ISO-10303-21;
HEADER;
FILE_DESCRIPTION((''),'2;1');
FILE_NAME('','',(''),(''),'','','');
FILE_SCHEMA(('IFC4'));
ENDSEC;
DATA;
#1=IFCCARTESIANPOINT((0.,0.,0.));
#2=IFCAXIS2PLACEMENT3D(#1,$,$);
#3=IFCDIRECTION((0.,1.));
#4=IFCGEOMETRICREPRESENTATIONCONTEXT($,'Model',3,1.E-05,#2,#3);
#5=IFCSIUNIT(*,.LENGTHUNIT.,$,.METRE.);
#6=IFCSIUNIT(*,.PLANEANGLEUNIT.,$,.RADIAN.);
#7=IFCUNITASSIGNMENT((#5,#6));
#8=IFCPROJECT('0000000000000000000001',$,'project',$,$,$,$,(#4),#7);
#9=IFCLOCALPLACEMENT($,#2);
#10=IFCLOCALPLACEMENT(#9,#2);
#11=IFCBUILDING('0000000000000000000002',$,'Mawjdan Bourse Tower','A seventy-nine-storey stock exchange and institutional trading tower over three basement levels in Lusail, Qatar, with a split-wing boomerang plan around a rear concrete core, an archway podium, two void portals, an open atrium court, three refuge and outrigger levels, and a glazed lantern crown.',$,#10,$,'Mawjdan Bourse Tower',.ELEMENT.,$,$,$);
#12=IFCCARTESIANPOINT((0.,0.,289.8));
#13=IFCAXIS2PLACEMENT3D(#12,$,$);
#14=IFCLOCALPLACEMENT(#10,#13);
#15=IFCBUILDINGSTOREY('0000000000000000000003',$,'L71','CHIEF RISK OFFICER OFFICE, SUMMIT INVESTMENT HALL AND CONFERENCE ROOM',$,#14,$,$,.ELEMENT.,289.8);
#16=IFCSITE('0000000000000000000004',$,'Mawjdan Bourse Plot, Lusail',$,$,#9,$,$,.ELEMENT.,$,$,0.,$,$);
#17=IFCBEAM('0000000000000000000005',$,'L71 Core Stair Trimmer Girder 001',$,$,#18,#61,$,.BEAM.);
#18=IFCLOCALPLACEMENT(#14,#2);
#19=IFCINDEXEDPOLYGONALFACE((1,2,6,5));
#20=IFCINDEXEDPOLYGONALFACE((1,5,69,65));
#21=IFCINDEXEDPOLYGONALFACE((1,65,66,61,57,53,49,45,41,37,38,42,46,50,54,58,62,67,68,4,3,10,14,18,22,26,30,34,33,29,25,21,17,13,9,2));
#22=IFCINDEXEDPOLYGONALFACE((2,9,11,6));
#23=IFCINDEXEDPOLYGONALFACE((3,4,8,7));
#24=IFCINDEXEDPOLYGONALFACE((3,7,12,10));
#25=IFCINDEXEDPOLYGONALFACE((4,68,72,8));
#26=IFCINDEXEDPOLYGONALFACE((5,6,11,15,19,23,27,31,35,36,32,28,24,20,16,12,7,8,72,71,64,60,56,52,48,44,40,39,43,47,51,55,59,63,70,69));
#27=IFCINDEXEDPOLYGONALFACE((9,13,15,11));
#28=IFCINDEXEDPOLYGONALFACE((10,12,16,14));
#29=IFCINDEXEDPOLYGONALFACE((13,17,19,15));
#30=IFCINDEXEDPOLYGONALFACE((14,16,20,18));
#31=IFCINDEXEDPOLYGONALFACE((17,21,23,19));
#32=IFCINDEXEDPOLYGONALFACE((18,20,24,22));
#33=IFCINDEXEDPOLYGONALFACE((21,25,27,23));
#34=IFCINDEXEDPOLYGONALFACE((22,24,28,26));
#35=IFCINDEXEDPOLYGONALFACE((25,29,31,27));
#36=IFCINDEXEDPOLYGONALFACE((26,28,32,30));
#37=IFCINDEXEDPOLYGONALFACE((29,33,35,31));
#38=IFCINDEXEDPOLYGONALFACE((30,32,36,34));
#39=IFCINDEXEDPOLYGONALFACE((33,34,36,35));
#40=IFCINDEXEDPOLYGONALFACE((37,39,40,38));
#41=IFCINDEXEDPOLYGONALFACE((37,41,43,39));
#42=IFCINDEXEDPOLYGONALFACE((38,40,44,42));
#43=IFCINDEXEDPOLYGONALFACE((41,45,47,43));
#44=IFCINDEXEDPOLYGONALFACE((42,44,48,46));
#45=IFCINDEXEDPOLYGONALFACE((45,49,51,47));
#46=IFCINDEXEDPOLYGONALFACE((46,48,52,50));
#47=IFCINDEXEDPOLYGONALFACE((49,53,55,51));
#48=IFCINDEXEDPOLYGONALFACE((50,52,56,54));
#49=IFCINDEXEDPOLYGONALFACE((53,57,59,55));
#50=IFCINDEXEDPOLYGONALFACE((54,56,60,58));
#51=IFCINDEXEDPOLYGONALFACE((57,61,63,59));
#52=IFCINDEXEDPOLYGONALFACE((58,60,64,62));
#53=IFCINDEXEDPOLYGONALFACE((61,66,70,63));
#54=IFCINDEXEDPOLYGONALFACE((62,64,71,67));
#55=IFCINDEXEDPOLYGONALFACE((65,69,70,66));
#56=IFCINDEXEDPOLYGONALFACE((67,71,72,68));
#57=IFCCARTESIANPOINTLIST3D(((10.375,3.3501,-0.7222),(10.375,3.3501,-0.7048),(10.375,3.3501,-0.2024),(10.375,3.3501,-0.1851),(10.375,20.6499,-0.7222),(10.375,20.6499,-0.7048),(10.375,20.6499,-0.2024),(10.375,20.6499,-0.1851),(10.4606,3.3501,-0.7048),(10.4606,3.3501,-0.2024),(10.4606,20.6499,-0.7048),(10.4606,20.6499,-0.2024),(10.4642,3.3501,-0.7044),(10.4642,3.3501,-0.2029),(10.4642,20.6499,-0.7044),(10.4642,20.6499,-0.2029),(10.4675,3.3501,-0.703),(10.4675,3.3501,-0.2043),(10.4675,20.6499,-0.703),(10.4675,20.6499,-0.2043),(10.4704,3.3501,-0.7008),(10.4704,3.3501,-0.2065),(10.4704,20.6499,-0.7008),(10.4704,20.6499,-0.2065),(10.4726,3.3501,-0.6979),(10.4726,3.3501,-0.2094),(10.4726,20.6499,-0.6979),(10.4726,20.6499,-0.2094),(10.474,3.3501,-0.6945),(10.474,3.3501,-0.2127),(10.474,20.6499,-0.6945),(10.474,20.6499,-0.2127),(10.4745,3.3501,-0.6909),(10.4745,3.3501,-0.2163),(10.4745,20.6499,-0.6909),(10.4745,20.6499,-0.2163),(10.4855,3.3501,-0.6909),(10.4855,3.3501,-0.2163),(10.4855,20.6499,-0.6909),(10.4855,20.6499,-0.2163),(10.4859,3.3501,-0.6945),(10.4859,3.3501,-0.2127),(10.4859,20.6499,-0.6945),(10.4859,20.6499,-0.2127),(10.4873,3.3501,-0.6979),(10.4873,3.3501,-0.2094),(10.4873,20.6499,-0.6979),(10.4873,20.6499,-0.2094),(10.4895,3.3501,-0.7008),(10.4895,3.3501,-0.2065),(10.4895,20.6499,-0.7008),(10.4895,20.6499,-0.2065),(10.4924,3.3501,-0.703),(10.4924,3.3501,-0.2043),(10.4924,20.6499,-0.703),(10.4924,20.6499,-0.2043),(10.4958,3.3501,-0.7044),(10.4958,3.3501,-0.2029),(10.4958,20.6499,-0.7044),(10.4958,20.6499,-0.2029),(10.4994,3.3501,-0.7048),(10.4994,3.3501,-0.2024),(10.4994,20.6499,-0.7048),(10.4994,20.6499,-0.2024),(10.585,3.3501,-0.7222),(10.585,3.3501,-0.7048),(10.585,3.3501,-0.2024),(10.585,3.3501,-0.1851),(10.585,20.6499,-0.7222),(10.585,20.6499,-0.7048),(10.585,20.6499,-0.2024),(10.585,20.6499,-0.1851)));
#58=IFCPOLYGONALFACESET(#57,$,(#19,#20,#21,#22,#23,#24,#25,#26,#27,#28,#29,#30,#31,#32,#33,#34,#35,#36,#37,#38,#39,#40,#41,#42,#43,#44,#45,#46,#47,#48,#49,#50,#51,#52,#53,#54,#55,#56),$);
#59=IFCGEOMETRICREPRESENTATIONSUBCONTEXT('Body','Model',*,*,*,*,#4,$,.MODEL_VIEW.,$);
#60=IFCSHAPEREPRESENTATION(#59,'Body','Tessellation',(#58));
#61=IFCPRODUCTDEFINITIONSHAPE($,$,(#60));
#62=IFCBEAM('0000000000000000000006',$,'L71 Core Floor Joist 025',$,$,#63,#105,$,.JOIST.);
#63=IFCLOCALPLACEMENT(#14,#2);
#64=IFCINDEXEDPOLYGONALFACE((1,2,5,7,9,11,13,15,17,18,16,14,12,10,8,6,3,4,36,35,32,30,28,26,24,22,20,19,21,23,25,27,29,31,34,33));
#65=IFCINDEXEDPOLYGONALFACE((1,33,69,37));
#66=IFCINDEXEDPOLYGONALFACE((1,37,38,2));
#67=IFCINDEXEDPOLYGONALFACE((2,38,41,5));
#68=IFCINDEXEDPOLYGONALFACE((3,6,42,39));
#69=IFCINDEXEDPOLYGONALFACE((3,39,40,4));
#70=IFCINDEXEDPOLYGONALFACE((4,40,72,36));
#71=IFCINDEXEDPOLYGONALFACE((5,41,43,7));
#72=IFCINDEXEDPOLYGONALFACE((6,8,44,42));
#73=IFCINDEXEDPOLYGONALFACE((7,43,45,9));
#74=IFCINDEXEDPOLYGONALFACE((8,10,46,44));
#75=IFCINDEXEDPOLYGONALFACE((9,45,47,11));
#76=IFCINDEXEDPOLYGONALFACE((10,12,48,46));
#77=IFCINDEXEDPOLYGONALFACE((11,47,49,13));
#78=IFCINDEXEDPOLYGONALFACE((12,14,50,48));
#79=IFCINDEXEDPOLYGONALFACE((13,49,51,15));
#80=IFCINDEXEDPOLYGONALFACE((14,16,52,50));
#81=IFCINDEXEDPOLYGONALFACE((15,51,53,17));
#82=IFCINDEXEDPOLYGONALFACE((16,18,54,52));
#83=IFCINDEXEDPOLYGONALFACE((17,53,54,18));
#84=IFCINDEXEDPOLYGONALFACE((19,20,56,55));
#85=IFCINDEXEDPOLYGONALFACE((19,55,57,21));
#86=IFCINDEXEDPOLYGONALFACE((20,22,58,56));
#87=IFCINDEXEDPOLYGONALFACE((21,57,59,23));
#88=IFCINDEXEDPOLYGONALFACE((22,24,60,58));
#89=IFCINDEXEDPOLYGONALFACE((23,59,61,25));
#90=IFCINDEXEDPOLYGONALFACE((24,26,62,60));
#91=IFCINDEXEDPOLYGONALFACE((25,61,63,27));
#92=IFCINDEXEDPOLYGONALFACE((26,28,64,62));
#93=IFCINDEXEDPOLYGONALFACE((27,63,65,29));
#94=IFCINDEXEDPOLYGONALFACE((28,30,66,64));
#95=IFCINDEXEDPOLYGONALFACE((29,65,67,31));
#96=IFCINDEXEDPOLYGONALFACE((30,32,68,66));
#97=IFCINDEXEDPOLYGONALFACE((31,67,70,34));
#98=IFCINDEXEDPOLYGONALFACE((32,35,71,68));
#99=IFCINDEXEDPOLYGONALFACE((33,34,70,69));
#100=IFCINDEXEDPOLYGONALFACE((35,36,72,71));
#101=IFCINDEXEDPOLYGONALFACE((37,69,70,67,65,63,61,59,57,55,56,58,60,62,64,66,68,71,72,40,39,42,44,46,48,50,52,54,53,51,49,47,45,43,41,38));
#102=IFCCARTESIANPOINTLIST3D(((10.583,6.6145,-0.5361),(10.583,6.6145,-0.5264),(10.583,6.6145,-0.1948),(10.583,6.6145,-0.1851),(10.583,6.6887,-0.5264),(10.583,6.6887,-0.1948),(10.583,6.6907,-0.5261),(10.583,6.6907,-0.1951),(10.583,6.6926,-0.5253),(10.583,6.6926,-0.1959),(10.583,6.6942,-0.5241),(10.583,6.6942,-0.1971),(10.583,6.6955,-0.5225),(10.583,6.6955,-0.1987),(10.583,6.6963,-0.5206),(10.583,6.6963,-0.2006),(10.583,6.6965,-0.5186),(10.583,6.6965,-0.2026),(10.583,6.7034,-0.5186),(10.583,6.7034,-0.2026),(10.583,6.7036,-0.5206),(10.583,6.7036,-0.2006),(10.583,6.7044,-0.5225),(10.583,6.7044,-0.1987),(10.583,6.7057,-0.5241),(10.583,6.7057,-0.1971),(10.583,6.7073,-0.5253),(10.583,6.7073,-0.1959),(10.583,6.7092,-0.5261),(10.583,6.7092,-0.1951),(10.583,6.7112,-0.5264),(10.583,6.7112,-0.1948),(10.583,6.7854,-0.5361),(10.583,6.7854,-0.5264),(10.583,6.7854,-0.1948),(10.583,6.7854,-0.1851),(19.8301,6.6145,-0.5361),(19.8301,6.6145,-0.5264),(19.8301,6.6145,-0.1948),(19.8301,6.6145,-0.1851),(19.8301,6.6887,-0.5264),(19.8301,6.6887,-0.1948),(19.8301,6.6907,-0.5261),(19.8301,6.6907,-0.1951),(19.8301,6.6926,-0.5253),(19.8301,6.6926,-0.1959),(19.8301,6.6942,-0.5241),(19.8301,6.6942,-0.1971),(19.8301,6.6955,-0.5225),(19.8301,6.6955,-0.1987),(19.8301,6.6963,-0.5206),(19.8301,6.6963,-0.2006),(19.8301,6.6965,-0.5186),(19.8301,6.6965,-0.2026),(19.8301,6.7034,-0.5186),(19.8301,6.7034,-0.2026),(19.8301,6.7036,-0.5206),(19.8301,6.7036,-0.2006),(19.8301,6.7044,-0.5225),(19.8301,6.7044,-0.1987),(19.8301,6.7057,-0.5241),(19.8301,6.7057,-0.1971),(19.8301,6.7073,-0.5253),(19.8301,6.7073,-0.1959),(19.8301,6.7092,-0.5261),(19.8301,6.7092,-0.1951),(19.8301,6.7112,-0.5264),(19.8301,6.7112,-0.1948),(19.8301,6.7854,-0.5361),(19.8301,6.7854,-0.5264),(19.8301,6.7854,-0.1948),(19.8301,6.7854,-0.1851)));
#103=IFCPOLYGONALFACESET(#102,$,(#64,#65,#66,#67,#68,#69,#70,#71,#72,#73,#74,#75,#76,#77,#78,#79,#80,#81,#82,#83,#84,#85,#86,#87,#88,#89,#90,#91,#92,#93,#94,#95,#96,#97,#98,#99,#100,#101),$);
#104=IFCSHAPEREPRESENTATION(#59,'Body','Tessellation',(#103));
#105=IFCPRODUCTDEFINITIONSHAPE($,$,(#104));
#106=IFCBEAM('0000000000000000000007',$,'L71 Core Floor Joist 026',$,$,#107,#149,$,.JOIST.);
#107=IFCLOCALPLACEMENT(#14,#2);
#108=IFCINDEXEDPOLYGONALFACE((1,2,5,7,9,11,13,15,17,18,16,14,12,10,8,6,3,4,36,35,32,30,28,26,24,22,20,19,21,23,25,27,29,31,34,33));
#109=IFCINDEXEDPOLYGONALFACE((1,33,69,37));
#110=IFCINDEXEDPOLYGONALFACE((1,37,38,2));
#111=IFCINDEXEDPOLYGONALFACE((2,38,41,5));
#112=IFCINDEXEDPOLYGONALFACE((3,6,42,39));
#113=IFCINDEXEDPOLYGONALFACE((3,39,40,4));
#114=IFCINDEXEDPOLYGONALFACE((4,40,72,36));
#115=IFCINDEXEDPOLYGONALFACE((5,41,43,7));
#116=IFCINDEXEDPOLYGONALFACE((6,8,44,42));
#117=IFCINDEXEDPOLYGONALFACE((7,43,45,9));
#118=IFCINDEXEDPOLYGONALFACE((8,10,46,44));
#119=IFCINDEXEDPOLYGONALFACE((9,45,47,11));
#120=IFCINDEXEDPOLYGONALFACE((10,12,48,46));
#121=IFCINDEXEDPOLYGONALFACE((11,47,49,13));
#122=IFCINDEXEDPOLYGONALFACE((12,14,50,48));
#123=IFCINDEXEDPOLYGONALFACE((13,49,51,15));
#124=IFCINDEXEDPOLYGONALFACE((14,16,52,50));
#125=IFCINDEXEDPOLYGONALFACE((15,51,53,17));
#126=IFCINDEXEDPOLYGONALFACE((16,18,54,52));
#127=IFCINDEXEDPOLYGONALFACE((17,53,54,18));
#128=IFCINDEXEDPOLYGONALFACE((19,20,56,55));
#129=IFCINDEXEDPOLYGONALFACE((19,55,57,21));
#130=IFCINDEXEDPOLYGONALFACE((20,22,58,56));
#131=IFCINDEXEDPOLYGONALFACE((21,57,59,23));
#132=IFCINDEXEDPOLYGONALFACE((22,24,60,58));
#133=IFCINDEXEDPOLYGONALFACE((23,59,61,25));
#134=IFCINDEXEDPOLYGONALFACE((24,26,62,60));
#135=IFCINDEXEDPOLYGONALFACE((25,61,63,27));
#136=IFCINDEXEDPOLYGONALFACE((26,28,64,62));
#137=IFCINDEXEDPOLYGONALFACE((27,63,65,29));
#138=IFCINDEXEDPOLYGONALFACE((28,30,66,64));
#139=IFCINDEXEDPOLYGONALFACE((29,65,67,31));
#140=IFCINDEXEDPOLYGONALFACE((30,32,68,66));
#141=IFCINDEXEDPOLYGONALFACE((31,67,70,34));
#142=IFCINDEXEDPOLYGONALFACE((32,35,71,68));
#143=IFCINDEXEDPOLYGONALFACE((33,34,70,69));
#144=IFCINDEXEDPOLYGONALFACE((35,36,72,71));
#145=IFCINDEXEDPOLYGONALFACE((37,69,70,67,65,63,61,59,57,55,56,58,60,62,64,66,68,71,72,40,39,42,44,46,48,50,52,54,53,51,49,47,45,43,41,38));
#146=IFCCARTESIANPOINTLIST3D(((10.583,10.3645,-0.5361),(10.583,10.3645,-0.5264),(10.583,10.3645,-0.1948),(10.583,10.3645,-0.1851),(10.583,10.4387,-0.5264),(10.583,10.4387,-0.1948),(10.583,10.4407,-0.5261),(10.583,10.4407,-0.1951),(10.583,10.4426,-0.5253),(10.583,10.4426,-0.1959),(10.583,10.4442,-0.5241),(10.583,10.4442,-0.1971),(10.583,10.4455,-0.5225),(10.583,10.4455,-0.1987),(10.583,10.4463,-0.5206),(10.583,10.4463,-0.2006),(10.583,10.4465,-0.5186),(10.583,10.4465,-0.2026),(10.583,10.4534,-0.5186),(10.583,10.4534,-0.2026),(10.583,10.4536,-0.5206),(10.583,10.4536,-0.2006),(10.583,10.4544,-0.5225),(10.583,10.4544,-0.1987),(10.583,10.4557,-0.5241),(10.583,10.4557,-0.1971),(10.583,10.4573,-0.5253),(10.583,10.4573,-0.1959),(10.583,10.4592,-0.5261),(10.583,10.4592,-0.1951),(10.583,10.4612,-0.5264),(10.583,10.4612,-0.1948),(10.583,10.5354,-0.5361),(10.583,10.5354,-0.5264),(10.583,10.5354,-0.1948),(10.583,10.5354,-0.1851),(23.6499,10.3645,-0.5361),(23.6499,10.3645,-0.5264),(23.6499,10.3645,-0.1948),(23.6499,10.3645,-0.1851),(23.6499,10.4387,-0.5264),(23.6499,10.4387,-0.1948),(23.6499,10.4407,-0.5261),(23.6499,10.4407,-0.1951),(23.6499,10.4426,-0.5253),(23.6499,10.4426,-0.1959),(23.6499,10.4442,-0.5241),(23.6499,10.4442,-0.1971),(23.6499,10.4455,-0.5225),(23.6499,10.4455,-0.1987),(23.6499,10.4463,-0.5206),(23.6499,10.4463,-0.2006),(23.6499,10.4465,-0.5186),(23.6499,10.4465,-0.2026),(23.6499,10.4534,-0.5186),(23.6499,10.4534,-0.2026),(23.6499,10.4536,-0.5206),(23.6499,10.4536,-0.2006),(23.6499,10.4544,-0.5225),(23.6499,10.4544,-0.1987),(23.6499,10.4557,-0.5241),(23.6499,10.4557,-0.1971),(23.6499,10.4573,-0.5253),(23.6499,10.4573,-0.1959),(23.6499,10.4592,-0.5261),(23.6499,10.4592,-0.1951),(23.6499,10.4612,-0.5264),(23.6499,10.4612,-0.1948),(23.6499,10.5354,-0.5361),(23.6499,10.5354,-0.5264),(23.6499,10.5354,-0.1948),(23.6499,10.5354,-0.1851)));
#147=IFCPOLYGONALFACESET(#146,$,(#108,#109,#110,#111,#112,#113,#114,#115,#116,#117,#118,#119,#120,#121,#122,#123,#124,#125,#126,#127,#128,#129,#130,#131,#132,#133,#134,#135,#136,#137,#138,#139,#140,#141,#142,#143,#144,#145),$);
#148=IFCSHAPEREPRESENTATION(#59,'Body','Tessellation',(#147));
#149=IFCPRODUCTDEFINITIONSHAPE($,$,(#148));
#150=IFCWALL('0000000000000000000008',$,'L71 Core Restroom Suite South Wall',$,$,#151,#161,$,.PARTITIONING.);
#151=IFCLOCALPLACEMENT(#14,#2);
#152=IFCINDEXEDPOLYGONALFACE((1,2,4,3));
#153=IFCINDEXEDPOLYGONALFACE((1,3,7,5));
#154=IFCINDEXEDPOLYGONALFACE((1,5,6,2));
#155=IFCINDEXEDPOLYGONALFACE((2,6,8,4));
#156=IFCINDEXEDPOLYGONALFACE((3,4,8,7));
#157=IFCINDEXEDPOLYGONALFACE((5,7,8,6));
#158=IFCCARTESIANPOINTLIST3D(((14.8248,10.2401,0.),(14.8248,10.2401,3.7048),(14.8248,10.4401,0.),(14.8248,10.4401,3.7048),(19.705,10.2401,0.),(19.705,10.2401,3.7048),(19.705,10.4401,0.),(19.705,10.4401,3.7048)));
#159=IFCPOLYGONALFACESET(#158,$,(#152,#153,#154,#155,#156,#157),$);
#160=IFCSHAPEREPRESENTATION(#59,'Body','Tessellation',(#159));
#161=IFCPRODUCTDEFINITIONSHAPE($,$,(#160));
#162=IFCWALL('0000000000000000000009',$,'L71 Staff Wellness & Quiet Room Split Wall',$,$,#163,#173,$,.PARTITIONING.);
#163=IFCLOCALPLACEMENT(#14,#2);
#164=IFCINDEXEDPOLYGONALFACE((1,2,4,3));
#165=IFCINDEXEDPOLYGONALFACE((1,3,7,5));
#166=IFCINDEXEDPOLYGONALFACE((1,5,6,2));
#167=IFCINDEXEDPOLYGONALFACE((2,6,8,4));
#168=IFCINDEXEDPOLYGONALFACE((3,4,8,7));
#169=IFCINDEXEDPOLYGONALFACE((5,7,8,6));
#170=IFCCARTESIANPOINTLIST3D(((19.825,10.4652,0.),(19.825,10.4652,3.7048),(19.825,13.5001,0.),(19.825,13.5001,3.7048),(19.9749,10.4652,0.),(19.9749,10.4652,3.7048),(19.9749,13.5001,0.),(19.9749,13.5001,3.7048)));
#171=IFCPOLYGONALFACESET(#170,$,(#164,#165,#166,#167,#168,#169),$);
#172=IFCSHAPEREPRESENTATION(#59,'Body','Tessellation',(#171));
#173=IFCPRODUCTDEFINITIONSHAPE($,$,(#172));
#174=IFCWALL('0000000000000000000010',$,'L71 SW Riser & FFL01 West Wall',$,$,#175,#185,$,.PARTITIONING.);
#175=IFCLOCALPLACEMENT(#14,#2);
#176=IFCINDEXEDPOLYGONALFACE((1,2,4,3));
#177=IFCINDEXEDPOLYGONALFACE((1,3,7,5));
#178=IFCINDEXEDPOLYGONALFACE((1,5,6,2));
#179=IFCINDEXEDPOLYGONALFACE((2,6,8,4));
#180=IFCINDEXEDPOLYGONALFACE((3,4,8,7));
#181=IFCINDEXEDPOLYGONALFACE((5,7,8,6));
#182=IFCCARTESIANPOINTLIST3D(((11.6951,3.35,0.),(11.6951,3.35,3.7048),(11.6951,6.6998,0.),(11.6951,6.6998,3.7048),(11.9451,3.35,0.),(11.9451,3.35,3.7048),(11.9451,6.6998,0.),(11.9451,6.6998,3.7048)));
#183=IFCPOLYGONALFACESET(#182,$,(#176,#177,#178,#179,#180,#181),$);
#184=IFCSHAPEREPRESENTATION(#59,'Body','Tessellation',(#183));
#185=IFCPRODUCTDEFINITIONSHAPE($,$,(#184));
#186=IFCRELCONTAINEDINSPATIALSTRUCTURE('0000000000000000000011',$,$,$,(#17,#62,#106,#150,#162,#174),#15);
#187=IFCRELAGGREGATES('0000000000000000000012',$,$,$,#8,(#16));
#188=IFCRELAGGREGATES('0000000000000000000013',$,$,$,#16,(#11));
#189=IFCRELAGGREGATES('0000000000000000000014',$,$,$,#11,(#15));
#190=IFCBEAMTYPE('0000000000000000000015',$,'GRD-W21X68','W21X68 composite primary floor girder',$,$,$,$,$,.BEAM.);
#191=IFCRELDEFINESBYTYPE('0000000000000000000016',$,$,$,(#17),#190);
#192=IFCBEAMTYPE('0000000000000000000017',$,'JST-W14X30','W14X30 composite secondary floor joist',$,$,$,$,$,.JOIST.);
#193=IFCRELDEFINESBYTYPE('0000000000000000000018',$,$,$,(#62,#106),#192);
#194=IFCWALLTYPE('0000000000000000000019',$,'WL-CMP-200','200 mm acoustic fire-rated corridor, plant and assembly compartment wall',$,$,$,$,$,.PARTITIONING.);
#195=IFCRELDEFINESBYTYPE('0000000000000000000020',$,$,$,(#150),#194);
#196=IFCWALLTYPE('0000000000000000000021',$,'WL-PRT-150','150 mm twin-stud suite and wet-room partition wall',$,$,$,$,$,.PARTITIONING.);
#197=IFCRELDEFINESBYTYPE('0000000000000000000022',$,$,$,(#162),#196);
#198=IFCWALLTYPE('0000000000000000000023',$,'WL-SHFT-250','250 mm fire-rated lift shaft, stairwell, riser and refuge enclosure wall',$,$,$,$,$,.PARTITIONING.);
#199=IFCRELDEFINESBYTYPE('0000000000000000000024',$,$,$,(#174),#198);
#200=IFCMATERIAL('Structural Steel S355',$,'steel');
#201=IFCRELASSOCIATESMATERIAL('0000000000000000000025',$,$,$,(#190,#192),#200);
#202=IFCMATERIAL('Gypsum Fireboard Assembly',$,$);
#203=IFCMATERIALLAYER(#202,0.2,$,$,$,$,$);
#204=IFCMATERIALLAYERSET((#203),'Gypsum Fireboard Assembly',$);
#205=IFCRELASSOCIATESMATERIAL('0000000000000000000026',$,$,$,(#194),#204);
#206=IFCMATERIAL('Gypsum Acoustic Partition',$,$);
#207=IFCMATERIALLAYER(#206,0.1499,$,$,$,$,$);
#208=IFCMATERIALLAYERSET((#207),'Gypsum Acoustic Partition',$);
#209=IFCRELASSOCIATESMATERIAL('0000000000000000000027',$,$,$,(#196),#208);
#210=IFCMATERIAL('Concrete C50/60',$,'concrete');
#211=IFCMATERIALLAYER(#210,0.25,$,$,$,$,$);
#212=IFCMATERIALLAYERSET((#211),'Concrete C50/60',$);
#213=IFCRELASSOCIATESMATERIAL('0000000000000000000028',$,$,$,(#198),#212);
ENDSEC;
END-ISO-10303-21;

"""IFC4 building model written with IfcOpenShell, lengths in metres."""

from ifc_helpers import new_model, si_unit, direction, frame, frame_2d, origin, origin_2d, place, context, subcontext, project, spatial, rectangle, i_section, extrude, material, layer, layer_set, material_profile, profile_set, type_object, element, save


model = new_model("IFC4")

# Units and contexts
model_context = context("Model", 3, precision=1e-05, world=origin(), true_north=direction((0.0, 1.0)))
body_context = subcontext(model_context, "Body", "Model", "MODEL_VIEW")
ifc_project = project(units=[si_unit("LENGTHUNIT", "METRE"), si_unit("PLANEANGLEUNIT", "RADIAN")], contexts=[model_context])

# Site, building, storey
site_placement = place(None, origin())
site = spatial("IfcSite", under=ifc_project, at=site_placement, Name="Mawjdan Bourse Plot, Lusail", CompositionType="ELEMENT", RefElevation=0.0)
building_placement = place(site_placement, origin())
building = spatial("IfcBuilding", under=site, at=building_placement, Name="Mawjdan Bourse Tower", Description="A seventy-nine-storey stock exchange and institutional trading tower over three basement levels in Lusail, Qatar, with a split-wing boomerang plan around a rear concrete core, an archway podium, two void portals, an open atrium court, three refuge and outrigger levels, and a glazed lantern crown.", LongName="Mawjdan Bourse Tower", CompositionType="ELEMENT")
storey_placement = place(building_placement, frame((0.0, 0.0, 289.8)))
storey = spatial("IfcBuildingStorey", under=building, at=storey_placement, Name="L71", Description="CHIEF RISK OFFICER OFFICE, SUMMIT INVESTMENT HALL AND CONFERENCE ROOM", CompositionType="ELEMENT", Elevation=289.8)

# Beams
ifc_material_1 = material(Name="Structural Steel S355", Category="steel")
ifc_material_profile_1 = material_profile(ifc_material_1, i_section(OverallWidth=0.21, OverallDepth=0.5371, WebThickness=0.011, FlangeThickness=0.0173, FilletRadius=0.0139, at=origin_2d()), Name="W21X68")
ifc_profile_set_1 = profile_set([ifc_material_profile_1], Name="Structural Steel S355")
beam_type_1 = type_object("IfcBeamType", Name="GRD-W21X68", Description="W21X68 composite primary floor girder", PredefinedType="BEAM", material=ifc_profile_set_1)
beam_1_placement = place(storey_placement, frame((10.48, 3.3501, -0.4536), z_axis=(0.0, 1.0, 0.0), x_axis=(-1.0, 0.0, 0.0)))
element("IfcBeam", 1, at=beam_1_placement, inside=storey, type_object=beam_type_1, Name="L71 Core Stair Trimmer Girder 001", PredefinedType="BEAM", context=body_context, shape_type="SweptSolid", body=[
    extrude(i_section(OverallWidth=0.21, OverallDepth=0.5371, WebThickness=0.011, FlangeThickness=0.0173, FilletRadius=0.0139, at=origin_2d()), origin(), (0.0, 0.0, 1.0), 17.2998),
])
ifc_material_profile_2 = material_profile(ifc_material_1, i_section(OverallWidth=0.1709, OverallDepth=0.3511, WebThickness=0.0068, FlangeThickness=0.0098, FilletRadius=0.0078, at=origin_2d()), Name="W14X30")
ifc_profile_set_2 = profile_set([ifc_material_profile_2], Name="Structural Steel S355")
beam_type_2 = type_object("IfcBeamType", Name="JST-W14X30", Description="W14X30 composite secondary floor joist", PredefinedType="JOIST", material=ifc_profile_set_2)
beam_2_placement = place(storey_placement, frame((10.583, 6.7, -0.3606), z_axis=(1.0, 0.0, 0.0), x_axis=(0.0, 1.0, 0.0)))
element("IfcBeam", 2, at=beam_2_placement, inside=storey, type_object=beam_type_2, Name="L71 Core Floor Joist 025", PredefinedType="JOIST", context=body_context, shape_type="SweptSolid", body=[
    extrude(i_section(OverallWidth=0.1709, OverallDepth=0.3511, WebThickness=0.0068, FlangeThickness=0.0098, FilletRadius=0.0078, at=origin_2d()), origin(), (0.0, 0.0, 1.0), 9.2471),
])
beam_3_placement = place(storey_placement, frame((10.583, 10.45, -0.3606), z_axis=(1.0, 0.0, 0.0), x_axis=(0.0, 1.0, 0.0)))
element("IfcBeam", 3, at=beam_3_placement, inside=storey, type_object=beam_type_2, Name="L71 Core Floor Joist 026", PredefinedType="JOIST", context=body_context, shape_type="SweptSolid", body=[
    extrude(i_section(OverallWidth=0.1709, OverallDepth=0.3511, WebThickness=0.0068, FlangeThickness=0.0098, FilletRadius=0.0078, at=origin_2d()), origin(), (0.0, 0.0, 1.0), 13.0669),
])

# Shared definitions
ifc_material_2 = material(Name="Gypsum Fireboard Assembly")
ifc_layer_1 = layer(ifc_material_2, 0.2)
ifc_layer_set_1 = layer_set([ifc_layer_1], Name="Gypsum Fireboard Assembly")
wall_type_1 = type_object("IfcWallType", Name="WL-CMP-200", Description="200 mm acoustic fire-rated corridor, plant and assembly compartment wall", PredefinedType="PARTITIONING", material=ifc_layer_set_1)

# Walls
wall_1_placement = place(storey_placement, frame((14.825, 10.3401, 0.0), z_axis=(0.0, 0.0, 1.0), x_axis=(1.0, 0.0, 0.0)))
element("IfcWall", 4, at=wall_1_placement, inside=storey, type_object=wall_type_1, Name="L71 Core Restroom Suite South Wall", PredefinedType="PARTITIONING", context=body_context, shape_type="SweptSolid", body=[
    extrude(rectangle(XDim=4.8801, YDim=0.2, at=frame_2d((2.4399, 0.0))), origin(), (0.0, 0.0, 1.0), 3.7048),
])
ifc_material_3 = material(Name="Gypsum Acoustic Partition")
ifc_layer_2 = layer(ifc_material_3, 0.1499)
ifc_layer_set_2 = layer_set([ifc_layer_2], Name="Gypsum Acoustic Partition")
wall_type_2 = type_object("IfcWallType", Name="WL-PRT-150", Description="150 mm twin-stud suite and wet-room partition wall", PredefinedType="PARTITIONING", material=ifc_layer_set_2)
wall_2_placement = place(storey_placement, frame((19.8999, 10.4651, 0.0), z_axis=(0.0, 0.0, 1.0), x_axis=(0.0, 1.0, 0.0)))
element("IfcWall", 5, at=wall_2_placement, inside=storey, type_object=wall_type_2, Name="L71 Staff Wellness & Quiet Room Split Wall", PredefinedType="PARTITIONING", context=body_context, shape_type="SweptSolid", body=[
    extrude(rectangle(XDim=3.0349, YDim=0.1499, at=frame_2d((1.5176, 0.0))), origin(), (0.0, 0.0, 1.0), 3.7048),
])
ifc_material_4 = material(Name="Concrete C50/60", Category="concrete")
ifc_layer_3 = layer(ifc_material_4, 0.25)
ifc_layer_set_3 = layer_set([ifc_layer_3], Name="Concrete C50/60")
wall_type_3 = type_object("IfcWallType", Name="WL-SHFT-250", Description="250 mm fire-rated lift shaft, stairwell, riser and refuge enclosure wall", PredefinedType="PARTITIONING", material=ifc_layer_set_3)
wall_3_placement = place(storey_placement, frame((11.8201, 3.3501, 0.0), z_axis=(0.0, 0.0, 1.0), x_axis=(0.0, 1.0, 0.0)))
element("IfcWall", 6, at=wall_3_placement, inside=storey, type_object=wall_type_3, Name="L71 SW Riser & FFL01 West Wall", PredefinedType="PARTITIONING", context=body_context, shape_type="SweptSolid", body=[
    extrude(rectangle(XDim=3.3499, YDim=0.25, at=frame_2d((1.6748, 0.0))), origin(), (0.0, 0.0, 1.0), 3.7048),
])

save(model, "model.ifc")
